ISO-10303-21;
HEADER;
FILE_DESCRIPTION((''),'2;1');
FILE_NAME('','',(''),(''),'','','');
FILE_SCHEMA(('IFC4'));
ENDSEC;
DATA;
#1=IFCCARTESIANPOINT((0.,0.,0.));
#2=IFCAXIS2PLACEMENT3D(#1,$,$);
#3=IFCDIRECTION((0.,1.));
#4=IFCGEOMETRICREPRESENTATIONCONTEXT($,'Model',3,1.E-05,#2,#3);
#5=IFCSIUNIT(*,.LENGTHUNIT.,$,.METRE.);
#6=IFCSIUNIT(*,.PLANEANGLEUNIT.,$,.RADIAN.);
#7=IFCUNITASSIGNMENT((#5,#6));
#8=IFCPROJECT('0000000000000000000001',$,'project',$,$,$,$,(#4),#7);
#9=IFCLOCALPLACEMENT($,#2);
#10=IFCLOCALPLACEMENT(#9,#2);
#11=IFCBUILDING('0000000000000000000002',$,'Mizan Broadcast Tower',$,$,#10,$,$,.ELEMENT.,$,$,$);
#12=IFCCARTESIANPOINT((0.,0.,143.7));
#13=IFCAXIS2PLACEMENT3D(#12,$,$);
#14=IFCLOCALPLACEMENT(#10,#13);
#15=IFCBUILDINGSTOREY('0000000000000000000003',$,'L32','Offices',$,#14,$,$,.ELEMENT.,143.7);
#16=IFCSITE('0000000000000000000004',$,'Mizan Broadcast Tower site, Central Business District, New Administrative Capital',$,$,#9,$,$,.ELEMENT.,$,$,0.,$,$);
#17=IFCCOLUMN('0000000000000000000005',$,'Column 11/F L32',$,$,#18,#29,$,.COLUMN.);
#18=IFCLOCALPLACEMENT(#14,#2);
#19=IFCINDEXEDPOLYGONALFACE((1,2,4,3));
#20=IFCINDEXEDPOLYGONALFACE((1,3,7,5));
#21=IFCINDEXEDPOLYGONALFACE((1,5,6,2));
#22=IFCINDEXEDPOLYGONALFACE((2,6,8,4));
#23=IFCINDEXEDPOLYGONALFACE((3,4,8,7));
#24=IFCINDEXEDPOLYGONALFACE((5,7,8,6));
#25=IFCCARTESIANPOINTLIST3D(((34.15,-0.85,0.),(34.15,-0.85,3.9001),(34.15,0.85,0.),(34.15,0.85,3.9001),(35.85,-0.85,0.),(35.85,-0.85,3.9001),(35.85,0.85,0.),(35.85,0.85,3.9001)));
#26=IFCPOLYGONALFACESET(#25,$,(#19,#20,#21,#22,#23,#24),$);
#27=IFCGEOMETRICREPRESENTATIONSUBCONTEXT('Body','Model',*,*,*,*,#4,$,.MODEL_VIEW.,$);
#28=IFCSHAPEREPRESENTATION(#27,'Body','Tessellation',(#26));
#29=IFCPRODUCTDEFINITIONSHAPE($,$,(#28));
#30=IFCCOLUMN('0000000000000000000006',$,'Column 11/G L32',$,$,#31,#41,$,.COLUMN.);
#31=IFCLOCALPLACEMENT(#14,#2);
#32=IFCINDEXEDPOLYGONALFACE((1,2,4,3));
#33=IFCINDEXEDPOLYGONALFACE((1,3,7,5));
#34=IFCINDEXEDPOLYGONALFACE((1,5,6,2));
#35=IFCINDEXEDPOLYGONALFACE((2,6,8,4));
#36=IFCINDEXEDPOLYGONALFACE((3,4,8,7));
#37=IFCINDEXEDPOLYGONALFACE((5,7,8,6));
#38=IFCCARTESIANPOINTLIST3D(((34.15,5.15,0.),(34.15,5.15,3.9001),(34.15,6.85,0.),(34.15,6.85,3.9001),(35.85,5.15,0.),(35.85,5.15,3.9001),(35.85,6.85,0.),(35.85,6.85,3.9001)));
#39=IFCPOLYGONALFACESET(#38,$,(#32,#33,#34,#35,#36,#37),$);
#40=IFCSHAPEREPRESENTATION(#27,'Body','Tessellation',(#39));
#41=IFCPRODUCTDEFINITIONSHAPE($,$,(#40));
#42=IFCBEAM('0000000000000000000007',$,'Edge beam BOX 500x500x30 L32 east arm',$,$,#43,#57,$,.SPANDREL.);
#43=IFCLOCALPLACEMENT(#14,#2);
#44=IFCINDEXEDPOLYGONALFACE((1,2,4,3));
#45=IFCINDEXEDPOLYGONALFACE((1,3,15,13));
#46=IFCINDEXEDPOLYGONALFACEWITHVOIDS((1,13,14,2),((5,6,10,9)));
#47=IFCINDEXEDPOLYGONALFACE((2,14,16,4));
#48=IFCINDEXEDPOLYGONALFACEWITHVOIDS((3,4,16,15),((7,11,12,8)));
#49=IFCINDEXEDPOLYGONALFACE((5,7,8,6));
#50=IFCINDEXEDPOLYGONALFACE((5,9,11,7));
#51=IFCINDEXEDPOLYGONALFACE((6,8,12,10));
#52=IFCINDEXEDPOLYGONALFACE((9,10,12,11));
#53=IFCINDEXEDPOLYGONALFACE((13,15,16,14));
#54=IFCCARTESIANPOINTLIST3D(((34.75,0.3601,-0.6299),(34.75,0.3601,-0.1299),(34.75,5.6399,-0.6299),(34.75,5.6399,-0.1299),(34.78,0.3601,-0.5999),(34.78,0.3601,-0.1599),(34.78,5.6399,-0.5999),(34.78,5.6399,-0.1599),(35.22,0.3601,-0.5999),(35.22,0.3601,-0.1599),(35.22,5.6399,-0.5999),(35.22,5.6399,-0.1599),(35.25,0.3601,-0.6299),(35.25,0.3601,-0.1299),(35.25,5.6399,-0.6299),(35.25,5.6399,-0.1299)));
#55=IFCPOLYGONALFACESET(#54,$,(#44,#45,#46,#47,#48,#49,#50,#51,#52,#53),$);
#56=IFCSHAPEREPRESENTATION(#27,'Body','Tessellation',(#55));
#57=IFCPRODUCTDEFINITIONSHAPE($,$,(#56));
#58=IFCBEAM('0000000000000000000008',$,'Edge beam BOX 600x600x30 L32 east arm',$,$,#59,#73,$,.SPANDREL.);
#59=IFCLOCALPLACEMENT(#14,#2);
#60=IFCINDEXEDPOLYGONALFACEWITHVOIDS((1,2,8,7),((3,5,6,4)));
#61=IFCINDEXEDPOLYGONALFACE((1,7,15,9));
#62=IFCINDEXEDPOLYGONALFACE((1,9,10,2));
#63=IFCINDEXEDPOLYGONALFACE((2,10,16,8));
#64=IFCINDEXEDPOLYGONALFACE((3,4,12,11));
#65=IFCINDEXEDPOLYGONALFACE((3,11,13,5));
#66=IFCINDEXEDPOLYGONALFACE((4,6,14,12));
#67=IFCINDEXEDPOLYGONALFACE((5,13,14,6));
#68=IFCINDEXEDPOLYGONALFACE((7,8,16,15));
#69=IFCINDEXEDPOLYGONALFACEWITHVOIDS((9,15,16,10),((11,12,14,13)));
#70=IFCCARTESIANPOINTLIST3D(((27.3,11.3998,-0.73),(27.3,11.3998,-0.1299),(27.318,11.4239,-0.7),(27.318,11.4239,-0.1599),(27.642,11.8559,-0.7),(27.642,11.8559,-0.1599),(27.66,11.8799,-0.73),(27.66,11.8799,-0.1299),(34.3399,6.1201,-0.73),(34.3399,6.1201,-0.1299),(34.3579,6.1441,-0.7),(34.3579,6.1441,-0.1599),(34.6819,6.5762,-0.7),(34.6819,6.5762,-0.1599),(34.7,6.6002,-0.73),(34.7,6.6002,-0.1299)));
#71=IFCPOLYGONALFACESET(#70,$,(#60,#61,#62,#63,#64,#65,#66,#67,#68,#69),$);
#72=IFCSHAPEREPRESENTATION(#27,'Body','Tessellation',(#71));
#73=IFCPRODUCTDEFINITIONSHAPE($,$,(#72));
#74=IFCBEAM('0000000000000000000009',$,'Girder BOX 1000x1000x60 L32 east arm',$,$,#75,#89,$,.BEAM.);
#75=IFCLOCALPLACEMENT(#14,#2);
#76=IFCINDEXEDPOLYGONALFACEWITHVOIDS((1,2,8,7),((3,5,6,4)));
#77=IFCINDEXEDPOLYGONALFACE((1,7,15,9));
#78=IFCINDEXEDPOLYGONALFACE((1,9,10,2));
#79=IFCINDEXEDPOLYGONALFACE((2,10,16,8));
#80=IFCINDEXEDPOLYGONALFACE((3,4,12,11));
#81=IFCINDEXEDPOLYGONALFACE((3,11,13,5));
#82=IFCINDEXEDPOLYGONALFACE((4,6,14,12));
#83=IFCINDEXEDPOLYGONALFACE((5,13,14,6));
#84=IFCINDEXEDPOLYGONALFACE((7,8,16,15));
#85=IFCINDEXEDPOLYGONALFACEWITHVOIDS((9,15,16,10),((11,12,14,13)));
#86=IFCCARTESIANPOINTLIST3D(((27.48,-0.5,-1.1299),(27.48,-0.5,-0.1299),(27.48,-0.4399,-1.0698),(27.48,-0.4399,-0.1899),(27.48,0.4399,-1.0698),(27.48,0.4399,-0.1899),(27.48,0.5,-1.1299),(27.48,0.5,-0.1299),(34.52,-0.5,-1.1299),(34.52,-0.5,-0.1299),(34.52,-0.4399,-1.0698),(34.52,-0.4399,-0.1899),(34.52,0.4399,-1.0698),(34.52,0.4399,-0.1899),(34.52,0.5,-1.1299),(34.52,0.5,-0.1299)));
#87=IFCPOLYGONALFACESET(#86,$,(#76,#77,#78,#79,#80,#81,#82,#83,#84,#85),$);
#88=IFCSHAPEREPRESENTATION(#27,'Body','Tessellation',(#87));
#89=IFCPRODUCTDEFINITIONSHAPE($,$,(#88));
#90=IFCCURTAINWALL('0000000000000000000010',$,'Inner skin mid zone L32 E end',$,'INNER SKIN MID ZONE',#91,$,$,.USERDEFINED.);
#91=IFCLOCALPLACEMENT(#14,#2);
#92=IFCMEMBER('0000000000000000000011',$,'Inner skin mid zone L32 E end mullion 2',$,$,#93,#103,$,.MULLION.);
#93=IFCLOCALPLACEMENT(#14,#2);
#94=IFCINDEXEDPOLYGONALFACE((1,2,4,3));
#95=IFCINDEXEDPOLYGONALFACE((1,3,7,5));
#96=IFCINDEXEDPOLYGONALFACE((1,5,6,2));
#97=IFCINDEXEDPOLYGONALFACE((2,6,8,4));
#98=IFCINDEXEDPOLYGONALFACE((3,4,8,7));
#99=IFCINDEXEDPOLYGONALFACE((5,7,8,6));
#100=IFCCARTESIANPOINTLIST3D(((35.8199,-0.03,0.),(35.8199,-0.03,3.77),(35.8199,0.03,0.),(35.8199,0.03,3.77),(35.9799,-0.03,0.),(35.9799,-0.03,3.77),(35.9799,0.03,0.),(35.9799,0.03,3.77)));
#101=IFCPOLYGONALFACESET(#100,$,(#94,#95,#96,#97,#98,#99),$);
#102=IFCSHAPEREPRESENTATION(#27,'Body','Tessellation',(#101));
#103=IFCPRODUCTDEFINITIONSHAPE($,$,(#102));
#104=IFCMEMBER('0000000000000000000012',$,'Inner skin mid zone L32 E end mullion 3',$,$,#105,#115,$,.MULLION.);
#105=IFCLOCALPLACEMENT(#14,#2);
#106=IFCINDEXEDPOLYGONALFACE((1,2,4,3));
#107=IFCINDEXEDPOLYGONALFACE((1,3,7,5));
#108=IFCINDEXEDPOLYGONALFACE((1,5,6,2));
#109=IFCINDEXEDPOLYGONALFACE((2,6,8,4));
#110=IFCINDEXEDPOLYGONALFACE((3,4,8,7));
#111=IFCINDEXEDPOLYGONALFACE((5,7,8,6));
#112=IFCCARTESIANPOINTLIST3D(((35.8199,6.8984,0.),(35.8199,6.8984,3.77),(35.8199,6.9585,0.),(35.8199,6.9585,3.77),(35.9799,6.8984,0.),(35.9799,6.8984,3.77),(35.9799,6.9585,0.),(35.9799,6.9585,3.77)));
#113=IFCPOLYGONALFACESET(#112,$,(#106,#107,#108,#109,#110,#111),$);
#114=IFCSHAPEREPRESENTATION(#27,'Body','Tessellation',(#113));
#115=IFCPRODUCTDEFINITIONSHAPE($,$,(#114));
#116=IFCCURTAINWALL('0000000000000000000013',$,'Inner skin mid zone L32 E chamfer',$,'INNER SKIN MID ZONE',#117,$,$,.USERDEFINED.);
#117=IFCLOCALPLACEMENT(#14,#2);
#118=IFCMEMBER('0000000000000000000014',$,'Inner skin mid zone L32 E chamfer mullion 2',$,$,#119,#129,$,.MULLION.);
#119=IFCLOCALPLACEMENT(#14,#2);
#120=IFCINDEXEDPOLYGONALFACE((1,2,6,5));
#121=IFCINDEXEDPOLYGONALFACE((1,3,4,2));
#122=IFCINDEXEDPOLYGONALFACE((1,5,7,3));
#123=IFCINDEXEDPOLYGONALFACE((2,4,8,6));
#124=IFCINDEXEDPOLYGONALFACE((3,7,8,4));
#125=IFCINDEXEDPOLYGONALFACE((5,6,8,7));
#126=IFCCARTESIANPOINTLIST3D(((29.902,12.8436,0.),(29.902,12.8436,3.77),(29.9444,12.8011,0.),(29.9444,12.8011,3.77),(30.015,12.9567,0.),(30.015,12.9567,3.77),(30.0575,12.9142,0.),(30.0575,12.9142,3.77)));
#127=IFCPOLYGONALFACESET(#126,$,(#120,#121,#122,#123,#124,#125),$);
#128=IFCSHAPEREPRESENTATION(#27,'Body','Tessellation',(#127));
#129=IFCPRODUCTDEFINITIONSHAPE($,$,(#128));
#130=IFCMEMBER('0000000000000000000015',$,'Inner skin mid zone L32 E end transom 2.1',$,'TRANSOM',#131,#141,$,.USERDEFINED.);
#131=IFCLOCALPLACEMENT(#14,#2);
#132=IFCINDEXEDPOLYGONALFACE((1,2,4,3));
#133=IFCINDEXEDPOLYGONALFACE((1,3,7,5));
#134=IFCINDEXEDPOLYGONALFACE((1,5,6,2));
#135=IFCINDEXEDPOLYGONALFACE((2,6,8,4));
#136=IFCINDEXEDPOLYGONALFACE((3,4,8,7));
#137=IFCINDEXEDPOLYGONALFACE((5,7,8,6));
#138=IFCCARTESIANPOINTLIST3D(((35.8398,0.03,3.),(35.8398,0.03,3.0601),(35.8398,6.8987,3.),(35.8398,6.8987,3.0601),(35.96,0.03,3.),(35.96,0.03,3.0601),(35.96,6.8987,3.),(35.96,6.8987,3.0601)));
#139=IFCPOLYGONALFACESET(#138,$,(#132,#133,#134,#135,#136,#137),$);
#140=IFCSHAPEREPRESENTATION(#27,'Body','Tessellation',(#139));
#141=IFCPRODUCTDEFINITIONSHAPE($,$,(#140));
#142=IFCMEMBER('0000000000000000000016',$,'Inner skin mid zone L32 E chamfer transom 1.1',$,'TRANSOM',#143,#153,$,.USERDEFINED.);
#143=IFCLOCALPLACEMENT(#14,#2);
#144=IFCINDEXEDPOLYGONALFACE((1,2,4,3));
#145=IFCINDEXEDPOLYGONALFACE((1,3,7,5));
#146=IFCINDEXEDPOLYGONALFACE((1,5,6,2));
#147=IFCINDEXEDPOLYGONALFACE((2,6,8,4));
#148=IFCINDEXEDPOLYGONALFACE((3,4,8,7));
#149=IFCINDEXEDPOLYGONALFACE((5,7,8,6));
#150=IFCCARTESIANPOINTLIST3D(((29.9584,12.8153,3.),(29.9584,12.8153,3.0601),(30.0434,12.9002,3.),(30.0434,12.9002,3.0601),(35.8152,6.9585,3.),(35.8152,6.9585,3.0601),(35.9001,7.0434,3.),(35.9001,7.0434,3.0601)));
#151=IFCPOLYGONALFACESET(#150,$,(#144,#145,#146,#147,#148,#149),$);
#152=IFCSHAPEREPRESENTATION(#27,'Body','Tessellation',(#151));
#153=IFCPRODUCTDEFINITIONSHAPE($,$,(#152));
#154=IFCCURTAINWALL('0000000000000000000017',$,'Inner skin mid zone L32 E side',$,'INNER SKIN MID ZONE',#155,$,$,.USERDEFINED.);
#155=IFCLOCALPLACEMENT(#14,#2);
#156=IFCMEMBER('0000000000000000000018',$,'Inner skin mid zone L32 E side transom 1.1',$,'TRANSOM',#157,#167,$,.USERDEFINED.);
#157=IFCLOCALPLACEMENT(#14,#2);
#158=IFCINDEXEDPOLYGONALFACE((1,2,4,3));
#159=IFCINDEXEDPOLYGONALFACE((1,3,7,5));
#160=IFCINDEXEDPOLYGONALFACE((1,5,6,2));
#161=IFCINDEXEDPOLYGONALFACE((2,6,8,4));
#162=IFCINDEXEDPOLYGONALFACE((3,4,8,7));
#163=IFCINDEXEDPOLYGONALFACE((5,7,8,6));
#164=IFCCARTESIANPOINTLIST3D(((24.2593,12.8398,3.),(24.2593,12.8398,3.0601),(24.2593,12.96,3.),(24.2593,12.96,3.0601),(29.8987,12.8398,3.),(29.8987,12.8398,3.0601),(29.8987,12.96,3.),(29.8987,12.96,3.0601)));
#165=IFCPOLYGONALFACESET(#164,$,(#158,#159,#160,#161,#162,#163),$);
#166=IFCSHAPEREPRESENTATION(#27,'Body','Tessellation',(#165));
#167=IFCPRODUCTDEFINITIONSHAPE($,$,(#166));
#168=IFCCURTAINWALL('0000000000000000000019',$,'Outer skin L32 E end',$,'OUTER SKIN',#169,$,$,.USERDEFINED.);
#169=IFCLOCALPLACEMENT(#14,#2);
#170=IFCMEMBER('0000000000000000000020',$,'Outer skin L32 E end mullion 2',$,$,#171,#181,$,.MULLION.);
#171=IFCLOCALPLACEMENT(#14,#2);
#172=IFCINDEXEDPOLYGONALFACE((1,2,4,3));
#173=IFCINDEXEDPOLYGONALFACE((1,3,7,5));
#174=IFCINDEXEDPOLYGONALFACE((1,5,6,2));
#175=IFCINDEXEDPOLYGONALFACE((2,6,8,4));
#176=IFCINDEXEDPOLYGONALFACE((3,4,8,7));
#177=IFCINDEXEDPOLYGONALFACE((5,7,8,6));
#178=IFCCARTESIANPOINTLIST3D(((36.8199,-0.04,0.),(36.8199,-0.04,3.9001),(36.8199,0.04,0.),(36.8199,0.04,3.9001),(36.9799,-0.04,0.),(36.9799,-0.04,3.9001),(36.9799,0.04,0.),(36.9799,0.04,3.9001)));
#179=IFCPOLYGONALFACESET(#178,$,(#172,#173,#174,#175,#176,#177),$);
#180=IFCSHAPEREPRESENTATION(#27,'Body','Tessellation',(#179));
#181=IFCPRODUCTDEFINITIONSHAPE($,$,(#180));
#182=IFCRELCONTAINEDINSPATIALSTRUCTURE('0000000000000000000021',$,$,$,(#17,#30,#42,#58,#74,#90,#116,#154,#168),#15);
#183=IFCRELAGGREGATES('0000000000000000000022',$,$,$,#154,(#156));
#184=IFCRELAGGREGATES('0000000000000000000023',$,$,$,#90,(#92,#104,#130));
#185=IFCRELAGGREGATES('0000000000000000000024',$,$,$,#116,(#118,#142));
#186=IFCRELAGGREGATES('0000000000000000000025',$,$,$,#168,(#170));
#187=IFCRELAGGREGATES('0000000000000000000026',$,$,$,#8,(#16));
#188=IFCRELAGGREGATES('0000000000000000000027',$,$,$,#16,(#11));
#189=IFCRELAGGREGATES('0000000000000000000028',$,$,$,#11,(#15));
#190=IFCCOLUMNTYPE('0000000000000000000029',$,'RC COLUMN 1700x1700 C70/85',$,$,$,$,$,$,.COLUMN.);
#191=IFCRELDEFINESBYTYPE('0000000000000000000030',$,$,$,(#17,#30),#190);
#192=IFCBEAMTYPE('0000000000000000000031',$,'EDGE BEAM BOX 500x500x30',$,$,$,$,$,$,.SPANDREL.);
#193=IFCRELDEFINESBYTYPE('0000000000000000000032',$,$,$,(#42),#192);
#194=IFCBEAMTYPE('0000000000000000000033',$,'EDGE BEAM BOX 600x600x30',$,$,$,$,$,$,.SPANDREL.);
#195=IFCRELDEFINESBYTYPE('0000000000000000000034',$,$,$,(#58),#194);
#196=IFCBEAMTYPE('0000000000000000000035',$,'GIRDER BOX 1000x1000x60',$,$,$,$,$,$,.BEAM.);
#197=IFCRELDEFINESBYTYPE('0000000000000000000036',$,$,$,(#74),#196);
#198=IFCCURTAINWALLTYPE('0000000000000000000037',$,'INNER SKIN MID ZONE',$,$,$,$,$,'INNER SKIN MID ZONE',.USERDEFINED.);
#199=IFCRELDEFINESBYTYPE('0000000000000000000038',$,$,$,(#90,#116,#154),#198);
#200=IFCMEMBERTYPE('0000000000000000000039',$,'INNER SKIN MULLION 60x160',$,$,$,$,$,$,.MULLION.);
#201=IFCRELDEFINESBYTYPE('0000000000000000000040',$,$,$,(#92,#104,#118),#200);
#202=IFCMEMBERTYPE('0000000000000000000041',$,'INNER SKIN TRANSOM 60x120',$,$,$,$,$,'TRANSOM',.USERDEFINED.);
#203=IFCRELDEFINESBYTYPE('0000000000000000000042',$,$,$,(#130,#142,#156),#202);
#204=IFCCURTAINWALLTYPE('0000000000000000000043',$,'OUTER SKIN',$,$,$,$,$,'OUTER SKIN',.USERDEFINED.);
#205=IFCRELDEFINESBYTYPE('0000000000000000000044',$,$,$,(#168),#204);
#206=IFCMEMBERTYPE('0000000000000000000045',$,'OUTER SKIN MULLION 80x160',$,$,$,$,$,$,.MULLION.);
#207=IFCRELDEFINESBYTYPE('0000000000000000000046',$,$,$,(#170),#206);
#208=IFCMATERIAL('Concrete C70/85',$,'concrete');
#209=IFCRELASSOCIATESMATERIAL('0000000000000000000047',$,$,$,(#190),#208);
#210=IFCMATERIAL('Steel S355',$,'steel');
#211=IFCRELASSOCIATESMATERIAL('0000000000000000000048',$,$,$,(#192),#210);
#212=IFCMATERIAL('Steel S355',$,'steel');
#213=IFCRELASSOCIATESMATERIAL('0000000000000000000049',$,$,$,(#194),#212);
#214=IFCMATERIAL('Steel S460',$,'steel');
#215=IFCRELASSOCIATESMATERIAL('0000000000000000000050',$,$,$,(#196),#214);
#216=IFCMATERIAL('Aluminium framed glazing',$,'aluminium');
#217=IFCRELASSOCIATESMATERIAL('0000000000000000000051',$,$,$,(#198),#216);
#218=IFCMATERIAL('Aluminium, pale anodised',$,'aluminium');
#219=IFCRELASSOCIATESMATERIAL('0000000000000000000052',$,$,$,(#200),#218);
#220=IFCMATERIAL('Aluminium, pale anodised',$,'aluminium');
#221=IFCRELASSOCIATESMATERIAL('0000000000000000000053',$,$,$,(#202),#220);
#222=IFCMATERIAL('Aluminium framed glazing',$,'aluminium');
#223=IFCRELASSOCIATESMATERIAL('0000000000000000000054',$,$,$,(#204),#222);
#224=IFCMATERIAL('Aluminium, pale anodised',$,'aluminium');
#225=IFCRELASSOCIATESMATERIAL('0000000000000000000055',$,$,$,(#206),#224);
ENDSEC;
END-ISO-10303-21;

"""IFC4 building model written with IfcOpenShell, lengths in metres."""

from ifc_helpers import new_model, si_unit, direction, frame, origin, origin_2d, place, context, subcontext, project, spatial, rectangle, hollow_rectangle, extrude, material, material_profile, profile_set, type_object, element, aggregate, save


model = new_model("IFC4")

# Units and contexts
model_context = context("Model", 3, precision=1e-05, world=origin(), true_north=direction((0.0, 1.0)))
body_context = subcontext(model_context, "Body", "Model", "MODEL_VIEW")
ifc_project = project(units=[si_unit("LENGTHUNIT", "METRE"), si_unit("PLANEANGLEUNIT", "RADIAN")], contexts=[model_context])

# Site, building, storey
site_placement = place(None, origin())
site = spatial("IfcSite", under=ifc_project, at=site_placement, Name="Mizan Broadcast Tower site, Central Business District, New Administrative Capital", CompositionType="ELEMENT", RefElevation=0.0)
building_placement = place(site_placement, origin())
building = spatial("IfcBuilding", under=site, at=building_placement, Name="Mizan Broadcast Tower", CompositionType="ELEMENT")
storey_placement = place(building_placement, frame((0.0, 0.0, 143.7)))
storey = spatial("IfcBuildingStorey", under=building, at=storey_placement, Name="L32", Description="Offices", CompositionType="ELEMENT", Elevation=143.7)

# Columns
ifc_material_1 = material(Name="Concrete C70/85", Category="concrete")
ifc_material_profile_1 = material_profile(ifc_material_1, rectangle(XDim=1.7, YDim=1.7, at=origin_2d()), Name="RC 1700x1700")
ifc_profile_set_1 = profile_set([ifc_material_profile_1], Name="Concrete C70/85")
column_type = type_object("IfcColumnType", Name="RC COLUMN 1700x1700 C70/85", PredefinedType="COLUMN", material=ifc_profile_set_1)
for number, where, z_axis, x_axis, name in (
    (1, (35.0, 0.0, 0.0), (0.0, 0.0, 1.0), (1.0, 0.0, 0.0), "Column 11/F L32"),
    (2, (35.0, 6.0, 0.0), (0.0, 0.0, 1.0), (1.0, 0.0, 0.0), "Column 11/G L32"),
):
    element("IfcColumn", number, at=place(storey_placement, frame(where, z_axis=z_axis, x_axis=x_axis)), inside=storey, type_object=column_type, Name=name, PredefinedType="COLUMN", context=body_context, shape_type="SweptSolid", body=[
        extrude(rectangle(XDim=1.7, YDim=1.7, at=origin_2d()), origin(), (0.0, 0.0, 1.0), 3.9001),
    ])

# Beams
ifc_material_2 = material(Name="Steel S355", Category="steel")
ifc_material_profile_2 = material_profile(ifc_material_2, hollow_rectangle(XDim=0.5, YDim=0.5, WallThickness=0.03, at=origin_2d()), Name="BOX 500x500x30")
ifc_profile_set_2 = profile_set([ifc_material_profile_2], Name="Steel S355")
beam_type_1 = type_object("IfcBeamType", Name="EDGE BEAM BOX 500x500x30", PredefinedType="SPANDREL", material=ifc_profile_set_2)
beam_1_placement = place(storey_placement, frame((35.0, 5.6399, -0.3799), z_axis=(0.0, -1.0, 0.0), x_axis=(1.0, 0.0, 0.0)))
element("IfcBeam", 3, at=beam_1_placement, inside=storey, type_object=beam_type_1, Name="Edge beam BOX 500x500x30 L32 east arm", PredefinedType="SPANDREL", context=body_context, shape_type="SweptSolid", body=[
    extrude(hollow_rectangle(XDim=0.5, YDim=0.5, WallThickness=0.03, at=origin_2d()), origin(), (0.0, 0.0, 1.0), 5.2798),
])
ifc_material_3 = material(Name="Steel S355", Category="steel")
ifc_material_profile_3 = material_profile(ifc_material_3, hollow_rectangle(XDim=0.6001, YDim=0.6001, WallThickness=0.03, at=origin_2d()), Name="BOX 600x600x30")
ifc_profile_set_3 = profile_set([ifc_material_profile_3], Name="Steel S355")
beam_type_2 = type_object("IfcBeamType", Name="EDGE BEAM BOX 600x600x30", PredefinedType="SPANDREL", material=ifc_profile_set_3)
beam_2_placement = place(storey_placement, frame((27.48, 11.6399, -0.4299), z_axis=(0.800013, -0.599982, 0.0), x_axis=(0.599982, 0.800013, 0.0)))
element("IfcBeam", 4, at=beam_2_placement, inside=storey, type_object=beam_type_2, Name="Edge beam BOX 600x600x30 L32 east arm", PredefinedType="SPANDREL", context=body_context, shape_type="SweptSolid", body=[
    extrude(hollow_rectangle(XDim=0.6001, YDim=0.6001, WallThickness=0.03, at=origin_2d()), origin(), (0.0, 0.0, 1.0), 8.7998),
])
ifc_material_4 = material(Name="Steel S460", Category="steel")
ifc_material_profile_4 = material_profile(ifc_material_4, hollow_rectangle(XDim=1.0, YDim=1.0, WallThickness=0.0601, at=origin_2d()), Name="BOX 1000x1000x60")
ifc_profile_set_4 = profile_set([ifc_material_profile_4], Name="Steel S460")
beam_type_3 = type_object("IfcBeamType", Name="GIRDER BOX 1000x1000x60", PredefinedType="BEAM", material=ifc_profile_set_4)
beam_3_placement = place(storey_placement, frame((27.48, 0.0, -0.6299), z_axis=(1.0, 0.0, 0.0), x_axis=(0.0, 1.0, 0.0)))
element("IfcBeam", 5, at=beam_3_placement, inside=storey, type_object=beam_type_3, Name="Girder BOX 1000x1000x60 L32 east arm", PredefinedType="BEAM", context=body_context, shape_type="SweptSolid", body=[
    extrude(hollow_rectangle(XDim=1.0, YDim=1.0, WallThickness=0.0601, at=origin_2d()), origin(), (0.0, 0.0, 1.0), 7.04),
])

# Curtain wall, members
ifc_material_5 = material(Name="Aluminium framed glazing", Category="aluminium")
curtain_wall_type_1 = type_object("IfcCurtainWallType", Name="INNER SKIN MID ZONE", ElementType="INNER SKIN MID ZONE", PredefinedType="USERDEFINED", material=ifc_material_5)
curtain_wall_1_placement = place(storey_placement, origin())
curtain_wall_1 = element("IfcCurtainWall", 6, at=curtain_wall_1_placement, inside=storey, type_object=curtain_wall_type_1, Name="Inner skin mid zone L32 E end", ObjectType="INNER SKIN MID ZONE", PredefinedType="USERDEFINED")
ifc_material_6 = material(Name="Aluminium, pale anodised", Category="aluminium")
ifc_material_profile_5 = material_profile(ifc_material_6, rectangle(XDim=0.1599, YDim=0.0601, at=origin_2d()), Name="MULLION 160x60")
ifc_profile_set_5 = profile_set([ifc_material_profile_5], Name="Aluminium, pale anodised")
member_type_1 = type_object("IfcMemberType", Name="INNER SKIN MULLION 60x160", PredefinedType="MULLION", material=ifc_profile_set_5)
member_1_placement = place(storey_placement, frame((35.8999, 0.0, 0.0), z_axis=(0.0, 0.0, 1.0), x_axis=(-1.0, 0.0, 0.0)))
member_1 = element("IfcMember", 7, at=member_1_placement, type_object=member_type_1, Name="Inner skin mid zone L32 E end mullion 2", PredefinedType="MULLION", context=body_context, shape_type="SweptSolid", body=[
    extrude(rectangle(XDim=0.1599, YDim=0.0601, at=origin_2d()), origin(), (0.0, 0.0, 1.0), 3.77),
])
member_2_placement = place(storey_placement, frame((35.8999, 6.9285, 0.0), z_axis=(0.0, 0.0, 1.0), x_axis=(-1.0, 0.0, 0.0)))
member_2 = element("IfcMember", 8, at=member_2_placement, type_object=member_type_1, Name="Inner skin mid zone L32 E end mullion 3", PredefinedType="MULLION", context=body_context, shape_type="SweptSolid", body=[
    extrude(rectangle(XDim=0.1599, YDim=0.0601, at=origin_2d()), origin(), (0.0, 0.0, 1.0), 3.77),
])

# Curtain wall, member
curtain_wall_2_placement = place(storey_placement, origin())
curtain_wall_2 = element("IfcCurtainWall", 9, at=curtain_wall_2_placement, inside=storey, type_object=curtain_wall_type_1, Name="Inner skin mid zone L32 E chamfer", ObjectType="INNER SKIN MID ZONE", PredefinedType="USERDEFINED")
member_3_placement = place(storey_placement, frame((29.9797, 12.8789, 0.0), z_axis=(0.0, 0.0, 1.0), x_axis=(-0.707107, -0.707107, 0.0)))
member_3 = element("IfcMember", 10, at=member_3_placement, type_object=member_type_1, Name="Inner skin mid zone L32 E chamfer mullion 2", PredefinedType="MULLION", context=body_context, shape_type="SweptSolid", body=[
    extrude(rectangle(XDim=0.1599, YDim=0.0601, at=origin_2d()), origin(), (0.0, 0.0, 1.0), 3.77),
])

# Members
ifc_material_7 = material(Name="Aluminium, pale anodised", Category="aluminium")
ifc_material_profile_6 = material_profile(ifc_material_7, rectangle(XDim=0.1201, YDim=0.0601, at=origin_2d()), Name="TRANSOM 120x60")
ifc_profile_set_6 = profile_set([ifc_material_profile_6], Name="Aluminium, pale anodised")
member_type_2 = type_object("IfcMemberType", Name="INNER SKIN TRANSOM 60x120", ElementType="TRANSOM", PredefinedType="USERDEFINED", material=ifc_profile_set_6)
member_4_placement = place(storey_placement, frame((35.8999, 0.03, 3.03), z_axis=(0.0, 1.0, 0.0), x_axis=(-1.0, 0.0, 0.0)))
member_4 = element("IfcMember", 11, at=member_4_placement, type_object=member_type_2, Name="Inner skin mid zone L32 E end transom 2.1", ObjectType="TRANSOM", PredefinedType="USERDEFINED", context=body_context, shape_type="SweptSolid", body=[
    extrude(rectangle(XDim=0.1201, YDim=0.0601, at=origin_2d()), origin(), (0.0, 0.0, 1.0), 6.8687),
])
member_5_placement = place(storey_placement, frame((35.8577, 7.001, 3.03), z_axis=(-0.707107, 0.707107, 0.0), x_axis=(-0.707107, -0.707107, 0.0)))
member_5 = element("IfcMember", 12, at=member_5_placement, type_object=member_type_2, Name="Inner skin mid zone L32 E chamfer transom 1.1", ObjectType="TRANSOM", PredefinedType="USERDEFINED", context=body_context, shape_type="SweptSolid", body=[
    extrude(rectangle(XDim=0.1201, YDim=0.0601, at=origin_2d()), origin(), (0.0, 0.0, 1.0), 8.2827),
])

# Curtain wall, member
curtain_wall_3_placement = place(storey_placement, origin())
curtain_wall_3 = element("IfcCurtainWall", 13, at=curtain_wall_3_placement, inside=storey, type_object=curtain_wall_type_1, Name="Inner skin mid zone L32 E side", ObjectType="INNER SKIN MID ZONE", PredefinedType="USERDEFINED")
member_6_placement = place(storey_placement, frame((29.8987, 12.8999, 3.03), z_axis=(-1.0, 0.0, 0.0), x_axis=(0.0, -1.0, 0.0)))
member_6 = element("IfcMember", 14, at=member_6_placement, type_object=member_type_2, Name="Inner skin mid zone L32 E side transom 1.1", ObjectType="TRANSOM", PredefinedType="USERDEFINED", context=body_context, shape_type="SweptSolid", body=[
    extrude(rectangle(XDim=0.1201, YDim=0.0601, at=origin_2d()), origin(), (0.0, 0.0, 1.0), 5.6394),
])
aggregate(curtain_wall_3, [member_6])

# Curtain wall, member
ifc_material_8 = material(Name="Aluminium framed glazing", Category="aluminium")
curtain_wall_type_2 = type_object("IfcCurtainWallType", Name="OUTER SKIN", ElementType="OUTER SKIN", PredefinedType="USERDEFINED", material=ifc_material_8)
curtain_wall_4_placement = place(storey_placement, origin())
curtain_wall_4 = element("IfcCurtainWall", 15, at=curtain_wall_4_placement, inside=storey, type_object=curtain_wall_type_2, Name="Outer skin L32 E end", ObjectType="OUTER SKIN", PredefinedType="USERDEFINED")
ifc_material_9 = material(Name="Aluminium, pale anodised", Category="aluminium")
ifc_material_profile_7 = material_profile(ifc_material_9, rectangle(XDim=0.1599, YDim=0.0801, at=origin_2d()), Name="MULLION 160x80")
ifc_profile_set_7 = profile_set([ifc_material_profile_7], Name="Aluminium, pale anodised")
member_type_3 = type_object("IfcMemberType", Name="OUTER SKIN MULLION 80x160", PredefinedType="MULLION", material=ifc_profile_set_7)
member_7_placement = place(storey_placement, frame((36.8999, 0.0, 0.0), z_axis=(0.0, 0.0, 1.0), x_axis=(-1.0, 0.0, 0.0)))
member_7 = element("IfcMember", 16, at=member_7_placement, type_object=member_type_3, Name="Outer skin L32 E end mullion 2", PredefinedType="MULLION", context=body_context, shape_type="SweptSolid", body=[
    extrude(rectangle(XDim=0.1599, YDim=0.0801, at=origin_2d()), origin(), (0.0, 0.0, 1.0), 3.9001),
])

aggregate(curtain_wall_1, [member_1, member_2, member_4])
aggregate(curtain_wall_2, [member_3, member_5])
aggregate(curtain_wall_4, [member_7])

save(model, "model.ifc")
